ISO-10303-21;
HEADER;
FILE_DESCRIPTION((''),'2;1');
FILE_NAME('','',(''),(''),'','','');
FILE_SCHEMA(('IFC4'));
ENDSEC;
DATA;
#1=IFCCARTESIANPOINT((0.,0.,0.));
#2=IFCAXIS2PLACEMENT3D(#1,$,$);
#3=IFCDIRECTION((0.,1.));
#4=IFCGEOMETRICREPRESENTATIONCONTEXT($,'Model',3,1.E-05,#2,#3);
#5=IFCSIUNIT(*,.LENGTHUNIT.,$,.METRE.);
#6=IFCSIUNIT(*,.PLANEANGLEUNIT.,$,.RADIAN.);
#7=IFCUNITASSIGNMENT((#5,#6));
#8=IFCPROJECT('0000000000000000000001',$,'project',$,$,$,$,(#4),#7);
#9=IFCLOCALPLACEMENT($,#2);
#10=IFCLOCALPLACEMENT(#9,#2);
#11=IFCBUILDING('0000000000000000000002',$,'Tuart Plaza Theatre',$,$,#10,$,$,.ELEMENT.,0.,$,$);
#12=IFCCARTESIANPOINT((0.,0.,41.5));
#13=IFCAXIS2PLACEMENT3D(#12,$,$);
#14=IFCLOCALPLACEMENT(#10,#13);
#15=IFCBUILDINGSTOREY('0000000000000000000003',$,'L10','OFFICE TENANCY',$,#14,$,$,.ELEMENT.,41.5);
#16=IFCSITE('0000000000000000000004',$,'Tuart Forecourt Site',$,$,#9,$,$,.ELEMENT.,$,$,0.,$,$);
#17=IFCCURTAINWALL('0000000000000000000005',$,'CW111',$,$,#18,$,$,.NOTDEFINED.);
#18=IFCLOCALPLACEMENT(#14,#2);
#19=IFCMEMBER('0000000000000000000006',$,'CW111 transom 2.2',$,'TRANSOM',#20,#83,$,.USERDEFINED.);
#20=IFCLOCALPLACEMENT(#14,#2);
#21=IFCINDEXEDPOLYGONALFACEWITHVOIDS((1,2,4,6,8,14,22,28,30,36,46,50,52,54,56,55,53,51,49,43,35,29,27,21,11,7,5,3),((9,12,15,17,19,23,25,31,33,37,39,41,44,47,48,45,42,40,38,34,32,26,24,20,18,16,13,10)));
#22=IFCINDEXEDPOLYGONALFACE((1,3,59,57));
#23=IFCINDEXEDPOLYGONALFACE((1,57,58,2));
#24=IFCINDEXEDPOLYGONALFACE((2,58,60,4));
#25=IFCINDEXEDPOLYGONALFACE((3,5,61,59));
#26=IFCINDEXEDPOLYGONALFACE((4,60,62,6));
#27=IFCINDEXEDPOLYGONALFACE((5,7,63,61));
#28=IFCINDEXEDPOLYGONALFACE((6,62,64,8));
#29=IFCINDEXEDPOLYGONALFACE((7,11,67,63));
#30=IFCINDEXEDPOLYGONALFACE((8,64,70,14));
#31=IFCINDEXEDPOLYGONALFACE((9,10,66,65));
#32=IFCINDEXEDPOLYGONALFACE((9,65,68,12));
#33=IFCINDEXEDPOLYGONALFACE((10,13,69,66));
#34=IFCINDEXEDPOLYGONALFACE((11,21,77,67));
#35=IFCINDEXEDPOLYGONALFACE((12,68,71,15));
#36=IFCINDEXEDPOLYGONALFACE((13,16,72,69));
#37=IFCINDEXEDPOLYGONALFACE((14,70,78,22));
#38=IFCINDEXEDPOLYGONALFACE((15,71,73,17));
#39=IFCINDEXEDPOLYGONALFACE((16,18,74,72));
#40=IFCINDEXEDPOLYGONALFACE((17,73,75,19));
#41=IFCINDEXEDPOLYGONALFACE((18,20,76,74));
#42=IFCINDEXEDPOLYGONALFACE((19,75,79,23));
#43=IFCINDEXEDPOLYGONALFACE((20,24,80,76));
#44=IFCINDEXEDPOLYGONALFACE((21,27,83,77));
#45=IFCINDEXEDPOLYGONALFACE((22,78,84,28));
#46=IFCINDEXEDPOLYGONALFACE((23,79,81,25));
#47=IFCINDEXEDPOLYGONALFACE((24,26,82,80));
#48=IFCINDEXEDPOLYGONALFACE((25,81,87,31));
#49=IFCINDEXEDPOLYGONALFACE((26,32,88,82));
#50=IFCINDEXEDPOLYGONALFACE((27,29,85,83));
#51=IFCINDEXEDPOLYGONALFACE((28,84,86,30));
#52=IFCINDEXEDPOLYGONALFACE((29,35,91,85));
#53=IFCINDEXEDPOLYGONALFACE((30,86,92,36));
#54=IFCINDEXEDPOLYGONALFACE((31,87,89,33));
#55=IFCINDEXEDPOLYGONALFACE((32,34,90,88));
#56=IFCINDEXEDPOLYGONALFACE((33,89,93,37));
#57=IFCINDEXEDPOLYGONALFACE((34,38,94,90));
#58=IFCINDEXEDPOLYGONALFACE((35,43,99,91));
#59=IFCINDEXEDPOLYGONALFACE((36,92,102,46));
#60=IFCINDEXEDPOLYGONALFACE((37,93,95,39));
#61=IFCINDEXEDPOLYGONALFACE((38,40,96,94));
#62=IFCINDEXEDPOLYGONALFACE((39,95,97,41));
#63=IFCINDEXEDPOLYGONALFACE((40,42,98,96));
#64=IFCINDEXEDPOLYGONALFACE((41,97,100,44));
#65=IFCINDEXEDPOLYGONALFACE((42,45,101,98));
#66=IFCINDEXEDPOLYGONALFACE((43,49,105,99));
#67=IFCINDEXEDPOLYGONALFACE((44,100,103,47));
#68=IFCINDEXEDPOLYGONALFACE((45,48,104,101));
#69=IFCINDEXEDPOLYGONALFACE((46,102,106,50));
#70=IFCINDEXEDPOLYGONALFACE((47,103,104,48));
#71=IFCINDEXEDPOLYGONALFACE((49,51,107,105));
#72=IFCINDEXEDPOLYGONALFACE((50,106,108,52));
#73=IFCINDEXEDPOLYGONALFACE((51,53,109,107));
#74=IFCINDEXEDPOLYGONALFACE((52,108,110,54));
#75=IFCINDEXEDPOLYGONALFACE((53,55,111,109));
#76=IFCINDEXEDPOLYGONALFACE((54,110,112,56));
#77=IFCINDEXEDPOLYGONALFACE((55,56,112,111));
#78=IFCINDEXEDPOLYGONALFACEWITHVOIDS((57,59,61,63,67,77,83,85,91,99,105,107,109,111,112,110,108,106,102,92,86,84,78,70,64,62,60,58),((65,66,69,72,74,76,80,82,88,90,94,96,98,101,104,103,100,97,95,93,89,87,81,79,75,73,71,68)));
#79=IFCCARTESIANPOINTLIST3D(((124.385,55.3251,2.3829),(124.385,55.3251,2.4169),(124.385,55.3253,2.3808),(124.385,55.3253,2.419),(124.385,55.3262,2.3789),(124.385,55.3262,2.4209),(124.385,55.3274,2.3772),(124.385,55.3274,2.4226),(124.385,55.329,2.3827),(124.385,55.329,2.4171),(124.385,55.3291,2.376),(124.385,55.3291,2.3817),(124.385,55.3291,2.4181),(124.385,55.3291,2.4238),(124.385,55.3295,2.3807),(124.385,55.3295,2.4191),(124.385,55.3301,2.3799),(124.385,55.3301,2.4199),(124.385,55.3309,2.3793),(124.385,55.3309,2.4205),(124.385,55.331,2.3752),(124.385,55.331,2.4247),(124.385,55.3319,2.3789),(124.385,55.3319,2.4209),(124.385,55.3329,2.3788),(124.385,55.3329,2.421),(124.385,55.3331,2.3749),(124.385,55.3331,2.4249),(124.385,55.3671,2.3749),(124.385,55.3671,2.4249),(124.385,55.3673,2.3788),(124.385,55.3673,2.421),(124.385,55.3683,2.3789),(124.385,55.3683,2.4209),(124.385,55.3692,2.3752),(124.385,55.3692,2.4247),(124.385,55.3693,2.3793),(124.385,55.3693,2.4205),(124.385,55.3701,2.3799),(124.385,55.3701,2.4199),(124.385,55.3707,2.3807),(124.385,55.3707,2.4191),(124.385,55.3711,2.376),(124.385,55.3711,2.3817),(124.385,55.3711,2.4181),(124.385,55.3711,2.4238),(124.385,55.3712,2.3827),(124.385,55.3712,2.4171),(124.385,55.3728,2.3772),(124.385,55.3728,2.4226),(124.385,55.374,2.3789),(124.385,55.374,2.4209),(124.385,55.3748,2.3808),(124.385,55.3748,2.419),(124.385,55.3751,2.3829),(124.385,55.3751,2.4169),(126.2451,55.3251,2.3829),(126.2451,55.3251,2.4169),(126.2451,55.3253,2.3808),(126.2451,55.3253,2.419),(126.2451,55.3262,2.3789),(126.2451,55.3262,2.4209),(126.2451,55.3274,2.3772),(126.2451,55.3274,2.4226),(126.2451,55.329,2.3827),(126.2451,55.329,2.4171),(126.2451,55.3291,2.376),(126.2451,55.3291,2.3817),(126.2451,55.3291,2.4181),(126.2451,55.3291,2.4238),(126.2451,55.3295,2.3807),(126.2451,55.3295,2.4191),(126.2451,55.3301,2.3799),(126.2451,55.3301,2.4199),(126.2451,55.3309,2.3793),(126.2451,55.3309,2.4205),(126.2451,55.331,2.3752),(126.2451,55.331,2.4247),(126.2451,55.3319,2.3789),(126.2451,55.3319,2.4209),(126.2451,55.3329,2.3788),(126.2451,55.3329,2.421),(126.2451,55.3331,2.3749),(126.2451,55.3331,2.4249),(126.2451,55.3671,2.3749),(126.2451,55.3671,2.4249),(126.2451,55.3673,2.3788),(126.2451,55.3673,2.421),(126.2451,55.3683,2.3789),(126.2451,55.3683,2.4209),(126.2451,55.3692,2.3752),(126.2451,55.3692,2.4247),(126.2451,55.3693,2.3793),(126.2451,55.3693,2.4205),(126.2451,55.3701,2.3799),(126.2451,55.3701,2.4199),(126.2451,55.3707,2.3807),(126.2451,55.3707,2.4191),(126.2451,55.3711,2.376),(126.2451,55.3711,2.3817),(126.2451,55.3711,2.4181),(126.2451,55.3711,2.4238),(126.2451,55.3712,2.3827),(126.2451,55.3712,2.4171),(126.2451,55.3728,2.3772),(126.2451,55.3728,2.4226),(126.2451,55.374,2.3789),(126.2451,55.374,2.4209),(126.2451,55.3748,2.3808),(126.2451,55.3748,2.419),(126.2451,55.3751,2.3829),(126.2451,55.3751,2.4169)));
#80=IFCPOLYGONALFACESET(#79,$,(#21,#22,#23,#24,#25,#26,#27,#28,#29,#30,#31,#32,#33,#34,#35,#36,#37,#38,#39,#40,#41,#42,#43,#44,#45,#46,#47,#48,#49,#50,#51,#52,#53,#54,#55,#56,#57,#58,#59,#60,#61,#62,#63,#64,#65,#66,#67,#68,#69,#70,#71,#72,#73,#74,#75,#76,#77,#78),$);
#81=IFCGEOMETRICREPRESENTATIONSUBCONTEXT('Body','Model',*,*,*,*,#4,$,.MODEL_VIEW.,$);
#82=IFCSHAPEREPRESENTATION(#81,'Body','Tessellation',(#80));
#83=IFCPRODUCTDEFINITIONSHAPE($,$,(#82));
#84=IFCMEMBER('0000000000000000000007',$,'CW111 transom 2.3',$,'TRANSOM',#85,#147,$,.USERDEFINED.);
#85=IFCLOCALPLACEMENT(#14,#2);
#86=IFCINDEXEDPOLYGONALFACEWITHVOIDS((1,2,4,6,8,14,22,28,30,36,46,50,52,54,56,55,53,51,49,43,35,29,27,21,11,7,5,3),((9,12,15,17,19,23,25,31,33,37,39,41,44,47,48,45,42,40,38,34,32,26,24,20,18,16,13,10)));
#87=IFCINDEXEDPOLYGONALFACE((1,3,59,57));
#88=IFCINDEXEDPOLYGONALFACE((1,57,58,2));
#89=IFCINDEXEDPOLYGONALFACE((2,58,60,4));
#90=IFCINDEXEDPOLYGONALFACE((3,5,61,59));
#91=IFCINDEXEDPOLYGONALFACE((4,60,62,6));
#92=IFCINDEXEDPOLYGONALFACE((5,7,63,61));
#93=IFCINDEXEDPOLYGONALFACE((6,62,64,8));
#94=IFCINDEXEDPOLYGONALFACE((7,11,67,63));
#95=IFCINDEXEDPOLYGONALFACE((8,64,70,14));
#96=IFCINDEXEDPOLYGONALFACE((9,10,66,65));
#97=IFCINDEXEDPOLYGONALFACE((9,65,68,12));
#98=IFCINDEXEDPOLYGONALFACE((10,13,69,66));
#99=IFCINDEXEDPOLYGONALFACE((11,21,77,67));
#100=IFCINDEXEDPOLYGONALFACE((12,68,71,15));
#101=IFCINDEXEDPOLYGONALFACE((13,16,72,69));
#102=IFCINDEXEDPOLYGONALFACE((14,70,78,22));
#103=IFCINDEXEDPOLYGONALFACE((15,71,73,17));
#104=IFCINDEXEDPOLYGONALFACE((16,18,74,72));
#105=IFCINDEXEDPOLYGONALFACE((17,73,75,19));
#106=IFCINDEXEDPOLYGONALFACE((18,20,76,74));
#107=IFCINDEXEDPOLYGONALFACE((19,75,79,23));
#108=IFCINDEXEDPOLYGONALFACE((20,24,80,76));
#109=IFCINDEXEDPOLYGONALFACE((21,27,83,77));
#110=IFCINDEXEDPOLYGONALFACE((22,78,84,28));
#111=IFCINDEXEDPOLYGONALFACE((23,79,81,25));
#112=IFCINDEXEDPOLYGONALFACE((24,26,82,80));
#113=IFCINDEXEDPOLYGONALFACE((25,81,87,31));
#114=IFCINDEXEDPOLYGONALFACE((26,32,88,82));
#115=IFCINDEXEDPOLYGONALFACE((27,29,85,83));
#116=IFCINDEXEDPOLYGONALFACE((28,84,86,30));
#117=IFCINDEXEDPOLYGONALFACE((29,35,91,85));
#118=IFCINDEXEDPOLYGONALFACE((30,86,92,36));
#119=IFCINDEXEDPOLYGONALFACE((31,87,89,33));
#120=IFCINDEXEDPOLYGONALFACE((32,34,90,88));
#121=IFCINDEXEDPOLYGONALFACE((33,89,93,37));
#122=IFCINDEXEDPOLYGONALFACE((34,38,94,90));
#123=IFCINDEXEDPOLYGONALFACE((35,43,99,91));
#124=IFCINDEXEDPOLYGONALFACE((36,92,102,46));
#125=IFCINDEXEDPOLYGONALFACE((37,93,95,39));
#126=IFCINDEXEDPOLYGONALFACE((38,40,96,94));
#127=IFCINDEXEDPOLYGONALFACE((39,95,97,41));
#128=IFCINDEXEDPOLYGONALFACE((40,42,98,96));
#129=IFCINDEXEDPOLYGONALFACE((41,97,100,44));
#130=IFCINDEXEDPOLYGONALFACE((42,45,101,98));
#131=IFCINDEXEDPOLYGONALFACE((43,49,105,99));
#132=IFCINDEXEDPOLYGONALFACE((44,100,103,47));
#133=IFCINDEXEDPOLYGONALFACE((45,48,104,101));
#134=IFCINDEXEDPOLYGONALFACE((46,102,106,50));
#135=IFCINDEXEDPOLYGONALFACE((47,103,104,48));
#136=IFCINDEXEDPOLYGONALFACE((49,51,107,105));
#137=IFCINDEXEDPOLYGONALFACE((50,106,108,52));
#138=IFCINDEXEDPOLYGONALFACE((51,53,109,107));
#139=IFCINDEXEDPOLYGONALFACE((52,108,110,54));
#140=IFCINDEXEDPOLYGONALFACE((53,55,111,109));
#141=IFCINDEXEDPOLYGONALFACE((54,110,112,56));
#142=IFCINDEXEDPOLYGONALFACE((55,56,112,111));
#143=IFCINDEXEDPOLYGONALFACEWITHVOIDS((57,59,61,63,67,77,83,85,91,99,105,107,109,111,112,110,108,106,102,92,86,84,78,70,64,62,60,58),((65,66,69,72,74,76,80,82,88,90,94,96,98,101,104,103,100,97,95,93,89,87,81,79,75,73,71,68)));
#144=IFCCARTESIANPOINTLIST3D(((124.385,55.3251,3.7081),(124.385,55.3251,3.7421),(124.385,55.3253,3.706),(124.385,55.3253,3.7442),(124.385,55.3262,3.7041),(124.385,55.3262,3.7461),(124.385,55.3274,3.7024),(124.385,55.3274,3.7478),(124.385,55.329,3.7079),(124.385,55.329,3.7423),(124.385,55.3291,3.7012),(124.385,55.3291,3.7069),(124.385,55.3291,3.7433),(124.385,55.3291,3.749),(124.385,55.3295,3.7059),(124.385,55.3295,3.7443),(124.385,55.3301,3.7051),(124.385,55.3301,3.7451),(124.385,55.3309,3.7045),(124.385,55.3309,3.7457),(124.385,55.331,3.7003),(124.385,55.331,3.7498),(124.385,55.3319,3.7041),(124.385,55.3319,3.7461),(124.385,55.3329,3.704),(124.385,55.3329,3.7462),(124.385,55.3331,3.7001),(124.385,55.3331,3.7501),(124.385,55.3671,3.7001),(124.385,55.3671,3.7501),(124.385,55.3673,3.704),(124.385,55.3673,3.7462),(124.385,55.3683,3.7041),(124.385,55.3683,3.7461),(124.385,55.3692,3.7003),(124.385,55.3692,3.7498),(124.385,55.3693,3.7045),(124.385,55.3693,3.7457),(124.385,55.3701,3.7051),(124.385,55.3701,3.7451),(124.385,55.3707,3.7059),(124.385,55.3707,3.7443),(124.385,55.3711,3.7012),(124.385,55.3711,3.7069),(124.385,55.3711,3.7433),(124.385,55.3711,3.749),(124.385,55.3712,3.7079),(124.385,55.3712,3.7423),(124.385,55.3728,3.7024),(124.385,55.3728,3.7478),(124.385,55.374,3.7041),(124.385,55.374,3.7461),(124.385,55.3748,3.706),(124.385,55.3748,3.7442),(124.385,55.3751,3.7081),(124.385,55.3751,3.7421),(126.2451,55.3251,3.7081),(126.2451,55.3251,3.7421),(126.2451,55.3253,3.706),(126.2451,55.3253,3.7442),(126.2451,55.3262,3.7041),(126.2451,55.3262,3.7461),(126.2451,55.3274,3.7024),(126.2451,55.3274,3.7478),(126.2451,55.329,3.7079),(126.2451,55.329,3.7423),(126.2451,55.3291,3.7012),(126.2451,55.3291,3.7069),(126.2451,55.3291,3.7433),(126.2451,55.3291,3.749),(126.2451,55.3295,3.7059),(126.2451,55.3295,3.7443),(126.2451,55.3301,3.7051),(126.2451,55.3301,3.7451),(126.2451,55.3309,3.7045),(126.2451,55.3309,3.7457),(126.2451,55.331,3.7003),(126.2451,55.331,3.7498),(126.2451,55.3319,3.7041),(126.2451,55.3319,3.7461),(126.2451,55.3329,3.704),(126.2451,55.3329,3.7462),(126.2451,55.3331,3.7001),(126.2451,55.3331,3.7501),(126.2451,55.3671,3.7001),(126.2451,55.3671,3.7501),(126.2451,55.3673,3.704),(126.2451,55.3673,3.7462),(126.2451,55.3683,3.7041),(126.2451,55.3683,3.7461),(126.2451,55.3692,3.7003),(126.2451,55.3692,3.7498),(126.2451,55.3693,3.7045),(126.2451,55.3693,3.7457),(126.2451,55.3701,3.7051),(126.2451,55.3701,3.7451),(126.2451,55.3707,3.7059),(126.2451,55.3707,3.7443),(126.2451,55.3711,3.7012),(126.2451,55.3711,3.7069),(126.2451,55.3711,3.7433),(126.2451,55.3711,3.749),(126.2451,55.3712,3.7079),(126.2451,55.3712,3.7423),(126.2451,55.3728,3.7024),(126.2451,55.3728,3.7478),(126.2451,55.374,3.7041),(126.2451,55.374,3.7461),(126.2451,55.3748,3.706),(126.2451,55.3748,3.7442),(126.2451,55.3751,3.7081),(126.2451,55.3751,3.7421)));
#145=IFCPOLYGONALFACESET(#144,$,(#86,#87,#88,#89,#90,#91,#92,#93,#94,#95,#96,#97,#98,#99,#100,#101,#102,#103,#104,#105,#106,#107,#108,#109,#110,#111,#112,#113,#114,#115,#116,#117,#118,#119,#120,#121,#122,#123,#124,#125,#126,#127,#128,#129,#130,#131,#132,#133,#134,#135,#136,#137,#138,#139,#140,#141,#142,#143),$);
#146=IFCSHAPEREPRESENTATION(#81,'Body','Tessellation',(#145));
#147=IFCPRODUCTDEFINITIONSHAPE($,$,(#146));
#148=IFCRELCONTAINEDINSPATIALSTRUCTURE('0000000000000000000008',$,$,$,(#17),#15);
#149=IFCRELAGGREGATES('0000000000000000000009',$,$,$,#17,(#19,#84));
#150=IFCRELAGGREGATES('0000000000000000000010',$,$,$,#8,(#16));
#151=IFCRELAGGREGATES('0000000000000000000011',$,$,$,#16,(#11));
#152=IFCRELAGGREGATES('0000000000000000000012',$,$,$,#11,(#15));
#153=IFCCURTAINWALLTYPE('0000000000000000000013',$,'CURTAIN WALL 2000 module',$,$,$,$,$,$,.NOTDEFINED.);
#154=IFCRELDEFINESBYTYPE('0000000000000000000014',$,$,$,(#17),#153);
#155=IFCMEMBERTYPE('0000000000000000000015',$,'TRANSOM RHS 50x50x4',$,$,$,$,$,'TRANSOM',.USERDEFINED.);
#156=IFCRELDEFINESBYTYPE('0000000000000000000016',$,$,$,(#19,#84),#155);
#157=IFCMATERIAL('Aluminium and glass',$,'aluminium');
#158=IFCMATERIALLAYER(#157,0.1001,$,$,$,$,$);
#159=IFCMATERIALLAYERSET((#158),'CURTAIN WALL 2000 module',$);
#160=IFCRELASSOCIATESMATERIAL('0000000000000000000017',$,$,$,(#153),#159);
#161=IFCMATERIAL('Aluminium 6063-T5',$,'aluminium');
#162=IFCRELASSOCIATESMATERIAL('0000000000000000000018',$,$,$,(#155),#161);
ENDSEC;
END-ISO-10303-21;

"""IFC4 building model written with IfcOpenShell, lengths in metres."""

from ifc_helpers import new_model, si_unit, direction, frame, origin, origin_2d, place, context, subcontext, project, spatial, hollow_rectangle, extrude, material, layer, layer_set, material_profile, profile_set, type_object, element, aggregate, save


model = new_model("IFC4")

# Units and contexts
model_context = context("Model", 3, precision=1e-05, world=origin(), true_north=direction((0.0, 1.0)))
body_context = subcontext(model_context, "Body", "Model", "MODEL_VIEW")
ifc_project = project(units=[si_unit("LENGTHUNIT", "METRE"), si_unit("PLANEANGLEUNIT", "RADIAN")], contexts=[model_context])

# Site, building, storey
site_placement = place(None, origin())
site = spatial("IfcSite", under=ifc_project, at=site_placement, Name="Tuart Forecourt Site", CompositionType="ELEMENT", RefElevation=0.0)
building_placement = place(site_placement, origin())
building = spatial("IfcBuilding", under=site, at=building_placement, Name="Tuart Plaza Theatre", CompositionType="ELEMENT", ElevationOfRefHeight=0.0)
storey_placement = place(building_placement, frame((0.0, 0.0, 41.5)))
storey = spatial("IfcBuildingStorey", under=building, at=storey_placement, Name="L10", Description="OFFICE TENANCY", CompositionType="ELEMENT", Elevation=41.5)

# Shared definitions
ifc_material_1 = material(Name="Aluminium and glass", Category="aluminium")
ifc_layer_1 = layer(ifc_material_1, 0.1001)
ifc_layer_set_1 = layer_set([ifc_layer_1], Name="CURTAIN WALL 2000 module")
curtain_wall_type = type_object("IfcCurtainWallType", Name="CURTAIN WALL 2000 module", PredefinedType="NOTDEFINED", material=ifc_layer_set_1)

# Curtain wall
curtain_wall_1_placement = place(storey_placement, origin())
curtain_wall_1 = element("IfcCurtainWall", 1, at=curtain_wall_1_placement, inside=storey, type_object=curtain_wall_type, Name="CW111", PredefinedType="NOTDEFINED")

# Members
ifc_material_2 = material(Name="Aluminium 6063-T5", Category="aluminium")
ifc_material_profile_1 = material_profile(ifc_material_2, hollow_rectangle(XDim=0.05, YDim=0.05, WallThickness=0.0039, InnerFilletRadius=0.0039, OuterFilletRadius=0.0081, at=origin_2d()), Name="RHS 50x50x4")
ifc_profile_set_1 = profile_set([ifc_material_profile_1], Name="Aluminium 6063-T5")
member_type_1 = type_object("IfcMemberType", Name="TRANSOM RHS 50x50x4", ElementType="TRANSOM", PredefinedType="USERDEFINED", material=ifc_profile_set_1)
member_1_placement = place(storey_placement, frame((124.385, 55.3501, 2.3999), z_axis=(1.0, 0.0, 0.0), x_axis=(0.0, 1.0, 0.0)))
member_1 = element("IfcMember", 2, at=member_1_placement, type_object=member_type_1, Name="CW111 transom 2.2", ObjectType="TRANSOM", PredefinedType="USERDEFINED", context=body_context, shape_type="SweptSolid", body=[
    extrude(hollow_rectangle(XDim=0.05, YDim=0.05, WallThickness=0.0039, InnerFilletRadius=0.0039, OuterFilletRadius=0.0081, at=origin_2d()), origin(), (0.0, 0.0, 1.0), 1.8601),
])
member_2_placement = place(storey_placement, frame((124.385, 55.3501, 3.7251), z_axis=(1.0, 0.0, 0.0), x_axis=(0.0, 1.0, 0.0)))
member_2 = element("IfcMember", 3, at=member_2_placement, type_object=member_type_1, Name="CW111 transom 2.3", ObjectType="TRANSOM", PredefinedType="USERDEFINED", context=body_context, shape_type="SweptSolid", body=[
    extrude(hollow_rectangle(XDim=0.05, YDim=0.05, WallThickness=0.0039, InnerFilletRadius=0.0039, OuterFilletRadius=0.0081, at=origin_2d()), origin(), (0.0, 0.0, 1.0), 1.8601),
])

aggregate(curtain_wall_1, [member_1, member_2])

save(model, "model.ifc")
